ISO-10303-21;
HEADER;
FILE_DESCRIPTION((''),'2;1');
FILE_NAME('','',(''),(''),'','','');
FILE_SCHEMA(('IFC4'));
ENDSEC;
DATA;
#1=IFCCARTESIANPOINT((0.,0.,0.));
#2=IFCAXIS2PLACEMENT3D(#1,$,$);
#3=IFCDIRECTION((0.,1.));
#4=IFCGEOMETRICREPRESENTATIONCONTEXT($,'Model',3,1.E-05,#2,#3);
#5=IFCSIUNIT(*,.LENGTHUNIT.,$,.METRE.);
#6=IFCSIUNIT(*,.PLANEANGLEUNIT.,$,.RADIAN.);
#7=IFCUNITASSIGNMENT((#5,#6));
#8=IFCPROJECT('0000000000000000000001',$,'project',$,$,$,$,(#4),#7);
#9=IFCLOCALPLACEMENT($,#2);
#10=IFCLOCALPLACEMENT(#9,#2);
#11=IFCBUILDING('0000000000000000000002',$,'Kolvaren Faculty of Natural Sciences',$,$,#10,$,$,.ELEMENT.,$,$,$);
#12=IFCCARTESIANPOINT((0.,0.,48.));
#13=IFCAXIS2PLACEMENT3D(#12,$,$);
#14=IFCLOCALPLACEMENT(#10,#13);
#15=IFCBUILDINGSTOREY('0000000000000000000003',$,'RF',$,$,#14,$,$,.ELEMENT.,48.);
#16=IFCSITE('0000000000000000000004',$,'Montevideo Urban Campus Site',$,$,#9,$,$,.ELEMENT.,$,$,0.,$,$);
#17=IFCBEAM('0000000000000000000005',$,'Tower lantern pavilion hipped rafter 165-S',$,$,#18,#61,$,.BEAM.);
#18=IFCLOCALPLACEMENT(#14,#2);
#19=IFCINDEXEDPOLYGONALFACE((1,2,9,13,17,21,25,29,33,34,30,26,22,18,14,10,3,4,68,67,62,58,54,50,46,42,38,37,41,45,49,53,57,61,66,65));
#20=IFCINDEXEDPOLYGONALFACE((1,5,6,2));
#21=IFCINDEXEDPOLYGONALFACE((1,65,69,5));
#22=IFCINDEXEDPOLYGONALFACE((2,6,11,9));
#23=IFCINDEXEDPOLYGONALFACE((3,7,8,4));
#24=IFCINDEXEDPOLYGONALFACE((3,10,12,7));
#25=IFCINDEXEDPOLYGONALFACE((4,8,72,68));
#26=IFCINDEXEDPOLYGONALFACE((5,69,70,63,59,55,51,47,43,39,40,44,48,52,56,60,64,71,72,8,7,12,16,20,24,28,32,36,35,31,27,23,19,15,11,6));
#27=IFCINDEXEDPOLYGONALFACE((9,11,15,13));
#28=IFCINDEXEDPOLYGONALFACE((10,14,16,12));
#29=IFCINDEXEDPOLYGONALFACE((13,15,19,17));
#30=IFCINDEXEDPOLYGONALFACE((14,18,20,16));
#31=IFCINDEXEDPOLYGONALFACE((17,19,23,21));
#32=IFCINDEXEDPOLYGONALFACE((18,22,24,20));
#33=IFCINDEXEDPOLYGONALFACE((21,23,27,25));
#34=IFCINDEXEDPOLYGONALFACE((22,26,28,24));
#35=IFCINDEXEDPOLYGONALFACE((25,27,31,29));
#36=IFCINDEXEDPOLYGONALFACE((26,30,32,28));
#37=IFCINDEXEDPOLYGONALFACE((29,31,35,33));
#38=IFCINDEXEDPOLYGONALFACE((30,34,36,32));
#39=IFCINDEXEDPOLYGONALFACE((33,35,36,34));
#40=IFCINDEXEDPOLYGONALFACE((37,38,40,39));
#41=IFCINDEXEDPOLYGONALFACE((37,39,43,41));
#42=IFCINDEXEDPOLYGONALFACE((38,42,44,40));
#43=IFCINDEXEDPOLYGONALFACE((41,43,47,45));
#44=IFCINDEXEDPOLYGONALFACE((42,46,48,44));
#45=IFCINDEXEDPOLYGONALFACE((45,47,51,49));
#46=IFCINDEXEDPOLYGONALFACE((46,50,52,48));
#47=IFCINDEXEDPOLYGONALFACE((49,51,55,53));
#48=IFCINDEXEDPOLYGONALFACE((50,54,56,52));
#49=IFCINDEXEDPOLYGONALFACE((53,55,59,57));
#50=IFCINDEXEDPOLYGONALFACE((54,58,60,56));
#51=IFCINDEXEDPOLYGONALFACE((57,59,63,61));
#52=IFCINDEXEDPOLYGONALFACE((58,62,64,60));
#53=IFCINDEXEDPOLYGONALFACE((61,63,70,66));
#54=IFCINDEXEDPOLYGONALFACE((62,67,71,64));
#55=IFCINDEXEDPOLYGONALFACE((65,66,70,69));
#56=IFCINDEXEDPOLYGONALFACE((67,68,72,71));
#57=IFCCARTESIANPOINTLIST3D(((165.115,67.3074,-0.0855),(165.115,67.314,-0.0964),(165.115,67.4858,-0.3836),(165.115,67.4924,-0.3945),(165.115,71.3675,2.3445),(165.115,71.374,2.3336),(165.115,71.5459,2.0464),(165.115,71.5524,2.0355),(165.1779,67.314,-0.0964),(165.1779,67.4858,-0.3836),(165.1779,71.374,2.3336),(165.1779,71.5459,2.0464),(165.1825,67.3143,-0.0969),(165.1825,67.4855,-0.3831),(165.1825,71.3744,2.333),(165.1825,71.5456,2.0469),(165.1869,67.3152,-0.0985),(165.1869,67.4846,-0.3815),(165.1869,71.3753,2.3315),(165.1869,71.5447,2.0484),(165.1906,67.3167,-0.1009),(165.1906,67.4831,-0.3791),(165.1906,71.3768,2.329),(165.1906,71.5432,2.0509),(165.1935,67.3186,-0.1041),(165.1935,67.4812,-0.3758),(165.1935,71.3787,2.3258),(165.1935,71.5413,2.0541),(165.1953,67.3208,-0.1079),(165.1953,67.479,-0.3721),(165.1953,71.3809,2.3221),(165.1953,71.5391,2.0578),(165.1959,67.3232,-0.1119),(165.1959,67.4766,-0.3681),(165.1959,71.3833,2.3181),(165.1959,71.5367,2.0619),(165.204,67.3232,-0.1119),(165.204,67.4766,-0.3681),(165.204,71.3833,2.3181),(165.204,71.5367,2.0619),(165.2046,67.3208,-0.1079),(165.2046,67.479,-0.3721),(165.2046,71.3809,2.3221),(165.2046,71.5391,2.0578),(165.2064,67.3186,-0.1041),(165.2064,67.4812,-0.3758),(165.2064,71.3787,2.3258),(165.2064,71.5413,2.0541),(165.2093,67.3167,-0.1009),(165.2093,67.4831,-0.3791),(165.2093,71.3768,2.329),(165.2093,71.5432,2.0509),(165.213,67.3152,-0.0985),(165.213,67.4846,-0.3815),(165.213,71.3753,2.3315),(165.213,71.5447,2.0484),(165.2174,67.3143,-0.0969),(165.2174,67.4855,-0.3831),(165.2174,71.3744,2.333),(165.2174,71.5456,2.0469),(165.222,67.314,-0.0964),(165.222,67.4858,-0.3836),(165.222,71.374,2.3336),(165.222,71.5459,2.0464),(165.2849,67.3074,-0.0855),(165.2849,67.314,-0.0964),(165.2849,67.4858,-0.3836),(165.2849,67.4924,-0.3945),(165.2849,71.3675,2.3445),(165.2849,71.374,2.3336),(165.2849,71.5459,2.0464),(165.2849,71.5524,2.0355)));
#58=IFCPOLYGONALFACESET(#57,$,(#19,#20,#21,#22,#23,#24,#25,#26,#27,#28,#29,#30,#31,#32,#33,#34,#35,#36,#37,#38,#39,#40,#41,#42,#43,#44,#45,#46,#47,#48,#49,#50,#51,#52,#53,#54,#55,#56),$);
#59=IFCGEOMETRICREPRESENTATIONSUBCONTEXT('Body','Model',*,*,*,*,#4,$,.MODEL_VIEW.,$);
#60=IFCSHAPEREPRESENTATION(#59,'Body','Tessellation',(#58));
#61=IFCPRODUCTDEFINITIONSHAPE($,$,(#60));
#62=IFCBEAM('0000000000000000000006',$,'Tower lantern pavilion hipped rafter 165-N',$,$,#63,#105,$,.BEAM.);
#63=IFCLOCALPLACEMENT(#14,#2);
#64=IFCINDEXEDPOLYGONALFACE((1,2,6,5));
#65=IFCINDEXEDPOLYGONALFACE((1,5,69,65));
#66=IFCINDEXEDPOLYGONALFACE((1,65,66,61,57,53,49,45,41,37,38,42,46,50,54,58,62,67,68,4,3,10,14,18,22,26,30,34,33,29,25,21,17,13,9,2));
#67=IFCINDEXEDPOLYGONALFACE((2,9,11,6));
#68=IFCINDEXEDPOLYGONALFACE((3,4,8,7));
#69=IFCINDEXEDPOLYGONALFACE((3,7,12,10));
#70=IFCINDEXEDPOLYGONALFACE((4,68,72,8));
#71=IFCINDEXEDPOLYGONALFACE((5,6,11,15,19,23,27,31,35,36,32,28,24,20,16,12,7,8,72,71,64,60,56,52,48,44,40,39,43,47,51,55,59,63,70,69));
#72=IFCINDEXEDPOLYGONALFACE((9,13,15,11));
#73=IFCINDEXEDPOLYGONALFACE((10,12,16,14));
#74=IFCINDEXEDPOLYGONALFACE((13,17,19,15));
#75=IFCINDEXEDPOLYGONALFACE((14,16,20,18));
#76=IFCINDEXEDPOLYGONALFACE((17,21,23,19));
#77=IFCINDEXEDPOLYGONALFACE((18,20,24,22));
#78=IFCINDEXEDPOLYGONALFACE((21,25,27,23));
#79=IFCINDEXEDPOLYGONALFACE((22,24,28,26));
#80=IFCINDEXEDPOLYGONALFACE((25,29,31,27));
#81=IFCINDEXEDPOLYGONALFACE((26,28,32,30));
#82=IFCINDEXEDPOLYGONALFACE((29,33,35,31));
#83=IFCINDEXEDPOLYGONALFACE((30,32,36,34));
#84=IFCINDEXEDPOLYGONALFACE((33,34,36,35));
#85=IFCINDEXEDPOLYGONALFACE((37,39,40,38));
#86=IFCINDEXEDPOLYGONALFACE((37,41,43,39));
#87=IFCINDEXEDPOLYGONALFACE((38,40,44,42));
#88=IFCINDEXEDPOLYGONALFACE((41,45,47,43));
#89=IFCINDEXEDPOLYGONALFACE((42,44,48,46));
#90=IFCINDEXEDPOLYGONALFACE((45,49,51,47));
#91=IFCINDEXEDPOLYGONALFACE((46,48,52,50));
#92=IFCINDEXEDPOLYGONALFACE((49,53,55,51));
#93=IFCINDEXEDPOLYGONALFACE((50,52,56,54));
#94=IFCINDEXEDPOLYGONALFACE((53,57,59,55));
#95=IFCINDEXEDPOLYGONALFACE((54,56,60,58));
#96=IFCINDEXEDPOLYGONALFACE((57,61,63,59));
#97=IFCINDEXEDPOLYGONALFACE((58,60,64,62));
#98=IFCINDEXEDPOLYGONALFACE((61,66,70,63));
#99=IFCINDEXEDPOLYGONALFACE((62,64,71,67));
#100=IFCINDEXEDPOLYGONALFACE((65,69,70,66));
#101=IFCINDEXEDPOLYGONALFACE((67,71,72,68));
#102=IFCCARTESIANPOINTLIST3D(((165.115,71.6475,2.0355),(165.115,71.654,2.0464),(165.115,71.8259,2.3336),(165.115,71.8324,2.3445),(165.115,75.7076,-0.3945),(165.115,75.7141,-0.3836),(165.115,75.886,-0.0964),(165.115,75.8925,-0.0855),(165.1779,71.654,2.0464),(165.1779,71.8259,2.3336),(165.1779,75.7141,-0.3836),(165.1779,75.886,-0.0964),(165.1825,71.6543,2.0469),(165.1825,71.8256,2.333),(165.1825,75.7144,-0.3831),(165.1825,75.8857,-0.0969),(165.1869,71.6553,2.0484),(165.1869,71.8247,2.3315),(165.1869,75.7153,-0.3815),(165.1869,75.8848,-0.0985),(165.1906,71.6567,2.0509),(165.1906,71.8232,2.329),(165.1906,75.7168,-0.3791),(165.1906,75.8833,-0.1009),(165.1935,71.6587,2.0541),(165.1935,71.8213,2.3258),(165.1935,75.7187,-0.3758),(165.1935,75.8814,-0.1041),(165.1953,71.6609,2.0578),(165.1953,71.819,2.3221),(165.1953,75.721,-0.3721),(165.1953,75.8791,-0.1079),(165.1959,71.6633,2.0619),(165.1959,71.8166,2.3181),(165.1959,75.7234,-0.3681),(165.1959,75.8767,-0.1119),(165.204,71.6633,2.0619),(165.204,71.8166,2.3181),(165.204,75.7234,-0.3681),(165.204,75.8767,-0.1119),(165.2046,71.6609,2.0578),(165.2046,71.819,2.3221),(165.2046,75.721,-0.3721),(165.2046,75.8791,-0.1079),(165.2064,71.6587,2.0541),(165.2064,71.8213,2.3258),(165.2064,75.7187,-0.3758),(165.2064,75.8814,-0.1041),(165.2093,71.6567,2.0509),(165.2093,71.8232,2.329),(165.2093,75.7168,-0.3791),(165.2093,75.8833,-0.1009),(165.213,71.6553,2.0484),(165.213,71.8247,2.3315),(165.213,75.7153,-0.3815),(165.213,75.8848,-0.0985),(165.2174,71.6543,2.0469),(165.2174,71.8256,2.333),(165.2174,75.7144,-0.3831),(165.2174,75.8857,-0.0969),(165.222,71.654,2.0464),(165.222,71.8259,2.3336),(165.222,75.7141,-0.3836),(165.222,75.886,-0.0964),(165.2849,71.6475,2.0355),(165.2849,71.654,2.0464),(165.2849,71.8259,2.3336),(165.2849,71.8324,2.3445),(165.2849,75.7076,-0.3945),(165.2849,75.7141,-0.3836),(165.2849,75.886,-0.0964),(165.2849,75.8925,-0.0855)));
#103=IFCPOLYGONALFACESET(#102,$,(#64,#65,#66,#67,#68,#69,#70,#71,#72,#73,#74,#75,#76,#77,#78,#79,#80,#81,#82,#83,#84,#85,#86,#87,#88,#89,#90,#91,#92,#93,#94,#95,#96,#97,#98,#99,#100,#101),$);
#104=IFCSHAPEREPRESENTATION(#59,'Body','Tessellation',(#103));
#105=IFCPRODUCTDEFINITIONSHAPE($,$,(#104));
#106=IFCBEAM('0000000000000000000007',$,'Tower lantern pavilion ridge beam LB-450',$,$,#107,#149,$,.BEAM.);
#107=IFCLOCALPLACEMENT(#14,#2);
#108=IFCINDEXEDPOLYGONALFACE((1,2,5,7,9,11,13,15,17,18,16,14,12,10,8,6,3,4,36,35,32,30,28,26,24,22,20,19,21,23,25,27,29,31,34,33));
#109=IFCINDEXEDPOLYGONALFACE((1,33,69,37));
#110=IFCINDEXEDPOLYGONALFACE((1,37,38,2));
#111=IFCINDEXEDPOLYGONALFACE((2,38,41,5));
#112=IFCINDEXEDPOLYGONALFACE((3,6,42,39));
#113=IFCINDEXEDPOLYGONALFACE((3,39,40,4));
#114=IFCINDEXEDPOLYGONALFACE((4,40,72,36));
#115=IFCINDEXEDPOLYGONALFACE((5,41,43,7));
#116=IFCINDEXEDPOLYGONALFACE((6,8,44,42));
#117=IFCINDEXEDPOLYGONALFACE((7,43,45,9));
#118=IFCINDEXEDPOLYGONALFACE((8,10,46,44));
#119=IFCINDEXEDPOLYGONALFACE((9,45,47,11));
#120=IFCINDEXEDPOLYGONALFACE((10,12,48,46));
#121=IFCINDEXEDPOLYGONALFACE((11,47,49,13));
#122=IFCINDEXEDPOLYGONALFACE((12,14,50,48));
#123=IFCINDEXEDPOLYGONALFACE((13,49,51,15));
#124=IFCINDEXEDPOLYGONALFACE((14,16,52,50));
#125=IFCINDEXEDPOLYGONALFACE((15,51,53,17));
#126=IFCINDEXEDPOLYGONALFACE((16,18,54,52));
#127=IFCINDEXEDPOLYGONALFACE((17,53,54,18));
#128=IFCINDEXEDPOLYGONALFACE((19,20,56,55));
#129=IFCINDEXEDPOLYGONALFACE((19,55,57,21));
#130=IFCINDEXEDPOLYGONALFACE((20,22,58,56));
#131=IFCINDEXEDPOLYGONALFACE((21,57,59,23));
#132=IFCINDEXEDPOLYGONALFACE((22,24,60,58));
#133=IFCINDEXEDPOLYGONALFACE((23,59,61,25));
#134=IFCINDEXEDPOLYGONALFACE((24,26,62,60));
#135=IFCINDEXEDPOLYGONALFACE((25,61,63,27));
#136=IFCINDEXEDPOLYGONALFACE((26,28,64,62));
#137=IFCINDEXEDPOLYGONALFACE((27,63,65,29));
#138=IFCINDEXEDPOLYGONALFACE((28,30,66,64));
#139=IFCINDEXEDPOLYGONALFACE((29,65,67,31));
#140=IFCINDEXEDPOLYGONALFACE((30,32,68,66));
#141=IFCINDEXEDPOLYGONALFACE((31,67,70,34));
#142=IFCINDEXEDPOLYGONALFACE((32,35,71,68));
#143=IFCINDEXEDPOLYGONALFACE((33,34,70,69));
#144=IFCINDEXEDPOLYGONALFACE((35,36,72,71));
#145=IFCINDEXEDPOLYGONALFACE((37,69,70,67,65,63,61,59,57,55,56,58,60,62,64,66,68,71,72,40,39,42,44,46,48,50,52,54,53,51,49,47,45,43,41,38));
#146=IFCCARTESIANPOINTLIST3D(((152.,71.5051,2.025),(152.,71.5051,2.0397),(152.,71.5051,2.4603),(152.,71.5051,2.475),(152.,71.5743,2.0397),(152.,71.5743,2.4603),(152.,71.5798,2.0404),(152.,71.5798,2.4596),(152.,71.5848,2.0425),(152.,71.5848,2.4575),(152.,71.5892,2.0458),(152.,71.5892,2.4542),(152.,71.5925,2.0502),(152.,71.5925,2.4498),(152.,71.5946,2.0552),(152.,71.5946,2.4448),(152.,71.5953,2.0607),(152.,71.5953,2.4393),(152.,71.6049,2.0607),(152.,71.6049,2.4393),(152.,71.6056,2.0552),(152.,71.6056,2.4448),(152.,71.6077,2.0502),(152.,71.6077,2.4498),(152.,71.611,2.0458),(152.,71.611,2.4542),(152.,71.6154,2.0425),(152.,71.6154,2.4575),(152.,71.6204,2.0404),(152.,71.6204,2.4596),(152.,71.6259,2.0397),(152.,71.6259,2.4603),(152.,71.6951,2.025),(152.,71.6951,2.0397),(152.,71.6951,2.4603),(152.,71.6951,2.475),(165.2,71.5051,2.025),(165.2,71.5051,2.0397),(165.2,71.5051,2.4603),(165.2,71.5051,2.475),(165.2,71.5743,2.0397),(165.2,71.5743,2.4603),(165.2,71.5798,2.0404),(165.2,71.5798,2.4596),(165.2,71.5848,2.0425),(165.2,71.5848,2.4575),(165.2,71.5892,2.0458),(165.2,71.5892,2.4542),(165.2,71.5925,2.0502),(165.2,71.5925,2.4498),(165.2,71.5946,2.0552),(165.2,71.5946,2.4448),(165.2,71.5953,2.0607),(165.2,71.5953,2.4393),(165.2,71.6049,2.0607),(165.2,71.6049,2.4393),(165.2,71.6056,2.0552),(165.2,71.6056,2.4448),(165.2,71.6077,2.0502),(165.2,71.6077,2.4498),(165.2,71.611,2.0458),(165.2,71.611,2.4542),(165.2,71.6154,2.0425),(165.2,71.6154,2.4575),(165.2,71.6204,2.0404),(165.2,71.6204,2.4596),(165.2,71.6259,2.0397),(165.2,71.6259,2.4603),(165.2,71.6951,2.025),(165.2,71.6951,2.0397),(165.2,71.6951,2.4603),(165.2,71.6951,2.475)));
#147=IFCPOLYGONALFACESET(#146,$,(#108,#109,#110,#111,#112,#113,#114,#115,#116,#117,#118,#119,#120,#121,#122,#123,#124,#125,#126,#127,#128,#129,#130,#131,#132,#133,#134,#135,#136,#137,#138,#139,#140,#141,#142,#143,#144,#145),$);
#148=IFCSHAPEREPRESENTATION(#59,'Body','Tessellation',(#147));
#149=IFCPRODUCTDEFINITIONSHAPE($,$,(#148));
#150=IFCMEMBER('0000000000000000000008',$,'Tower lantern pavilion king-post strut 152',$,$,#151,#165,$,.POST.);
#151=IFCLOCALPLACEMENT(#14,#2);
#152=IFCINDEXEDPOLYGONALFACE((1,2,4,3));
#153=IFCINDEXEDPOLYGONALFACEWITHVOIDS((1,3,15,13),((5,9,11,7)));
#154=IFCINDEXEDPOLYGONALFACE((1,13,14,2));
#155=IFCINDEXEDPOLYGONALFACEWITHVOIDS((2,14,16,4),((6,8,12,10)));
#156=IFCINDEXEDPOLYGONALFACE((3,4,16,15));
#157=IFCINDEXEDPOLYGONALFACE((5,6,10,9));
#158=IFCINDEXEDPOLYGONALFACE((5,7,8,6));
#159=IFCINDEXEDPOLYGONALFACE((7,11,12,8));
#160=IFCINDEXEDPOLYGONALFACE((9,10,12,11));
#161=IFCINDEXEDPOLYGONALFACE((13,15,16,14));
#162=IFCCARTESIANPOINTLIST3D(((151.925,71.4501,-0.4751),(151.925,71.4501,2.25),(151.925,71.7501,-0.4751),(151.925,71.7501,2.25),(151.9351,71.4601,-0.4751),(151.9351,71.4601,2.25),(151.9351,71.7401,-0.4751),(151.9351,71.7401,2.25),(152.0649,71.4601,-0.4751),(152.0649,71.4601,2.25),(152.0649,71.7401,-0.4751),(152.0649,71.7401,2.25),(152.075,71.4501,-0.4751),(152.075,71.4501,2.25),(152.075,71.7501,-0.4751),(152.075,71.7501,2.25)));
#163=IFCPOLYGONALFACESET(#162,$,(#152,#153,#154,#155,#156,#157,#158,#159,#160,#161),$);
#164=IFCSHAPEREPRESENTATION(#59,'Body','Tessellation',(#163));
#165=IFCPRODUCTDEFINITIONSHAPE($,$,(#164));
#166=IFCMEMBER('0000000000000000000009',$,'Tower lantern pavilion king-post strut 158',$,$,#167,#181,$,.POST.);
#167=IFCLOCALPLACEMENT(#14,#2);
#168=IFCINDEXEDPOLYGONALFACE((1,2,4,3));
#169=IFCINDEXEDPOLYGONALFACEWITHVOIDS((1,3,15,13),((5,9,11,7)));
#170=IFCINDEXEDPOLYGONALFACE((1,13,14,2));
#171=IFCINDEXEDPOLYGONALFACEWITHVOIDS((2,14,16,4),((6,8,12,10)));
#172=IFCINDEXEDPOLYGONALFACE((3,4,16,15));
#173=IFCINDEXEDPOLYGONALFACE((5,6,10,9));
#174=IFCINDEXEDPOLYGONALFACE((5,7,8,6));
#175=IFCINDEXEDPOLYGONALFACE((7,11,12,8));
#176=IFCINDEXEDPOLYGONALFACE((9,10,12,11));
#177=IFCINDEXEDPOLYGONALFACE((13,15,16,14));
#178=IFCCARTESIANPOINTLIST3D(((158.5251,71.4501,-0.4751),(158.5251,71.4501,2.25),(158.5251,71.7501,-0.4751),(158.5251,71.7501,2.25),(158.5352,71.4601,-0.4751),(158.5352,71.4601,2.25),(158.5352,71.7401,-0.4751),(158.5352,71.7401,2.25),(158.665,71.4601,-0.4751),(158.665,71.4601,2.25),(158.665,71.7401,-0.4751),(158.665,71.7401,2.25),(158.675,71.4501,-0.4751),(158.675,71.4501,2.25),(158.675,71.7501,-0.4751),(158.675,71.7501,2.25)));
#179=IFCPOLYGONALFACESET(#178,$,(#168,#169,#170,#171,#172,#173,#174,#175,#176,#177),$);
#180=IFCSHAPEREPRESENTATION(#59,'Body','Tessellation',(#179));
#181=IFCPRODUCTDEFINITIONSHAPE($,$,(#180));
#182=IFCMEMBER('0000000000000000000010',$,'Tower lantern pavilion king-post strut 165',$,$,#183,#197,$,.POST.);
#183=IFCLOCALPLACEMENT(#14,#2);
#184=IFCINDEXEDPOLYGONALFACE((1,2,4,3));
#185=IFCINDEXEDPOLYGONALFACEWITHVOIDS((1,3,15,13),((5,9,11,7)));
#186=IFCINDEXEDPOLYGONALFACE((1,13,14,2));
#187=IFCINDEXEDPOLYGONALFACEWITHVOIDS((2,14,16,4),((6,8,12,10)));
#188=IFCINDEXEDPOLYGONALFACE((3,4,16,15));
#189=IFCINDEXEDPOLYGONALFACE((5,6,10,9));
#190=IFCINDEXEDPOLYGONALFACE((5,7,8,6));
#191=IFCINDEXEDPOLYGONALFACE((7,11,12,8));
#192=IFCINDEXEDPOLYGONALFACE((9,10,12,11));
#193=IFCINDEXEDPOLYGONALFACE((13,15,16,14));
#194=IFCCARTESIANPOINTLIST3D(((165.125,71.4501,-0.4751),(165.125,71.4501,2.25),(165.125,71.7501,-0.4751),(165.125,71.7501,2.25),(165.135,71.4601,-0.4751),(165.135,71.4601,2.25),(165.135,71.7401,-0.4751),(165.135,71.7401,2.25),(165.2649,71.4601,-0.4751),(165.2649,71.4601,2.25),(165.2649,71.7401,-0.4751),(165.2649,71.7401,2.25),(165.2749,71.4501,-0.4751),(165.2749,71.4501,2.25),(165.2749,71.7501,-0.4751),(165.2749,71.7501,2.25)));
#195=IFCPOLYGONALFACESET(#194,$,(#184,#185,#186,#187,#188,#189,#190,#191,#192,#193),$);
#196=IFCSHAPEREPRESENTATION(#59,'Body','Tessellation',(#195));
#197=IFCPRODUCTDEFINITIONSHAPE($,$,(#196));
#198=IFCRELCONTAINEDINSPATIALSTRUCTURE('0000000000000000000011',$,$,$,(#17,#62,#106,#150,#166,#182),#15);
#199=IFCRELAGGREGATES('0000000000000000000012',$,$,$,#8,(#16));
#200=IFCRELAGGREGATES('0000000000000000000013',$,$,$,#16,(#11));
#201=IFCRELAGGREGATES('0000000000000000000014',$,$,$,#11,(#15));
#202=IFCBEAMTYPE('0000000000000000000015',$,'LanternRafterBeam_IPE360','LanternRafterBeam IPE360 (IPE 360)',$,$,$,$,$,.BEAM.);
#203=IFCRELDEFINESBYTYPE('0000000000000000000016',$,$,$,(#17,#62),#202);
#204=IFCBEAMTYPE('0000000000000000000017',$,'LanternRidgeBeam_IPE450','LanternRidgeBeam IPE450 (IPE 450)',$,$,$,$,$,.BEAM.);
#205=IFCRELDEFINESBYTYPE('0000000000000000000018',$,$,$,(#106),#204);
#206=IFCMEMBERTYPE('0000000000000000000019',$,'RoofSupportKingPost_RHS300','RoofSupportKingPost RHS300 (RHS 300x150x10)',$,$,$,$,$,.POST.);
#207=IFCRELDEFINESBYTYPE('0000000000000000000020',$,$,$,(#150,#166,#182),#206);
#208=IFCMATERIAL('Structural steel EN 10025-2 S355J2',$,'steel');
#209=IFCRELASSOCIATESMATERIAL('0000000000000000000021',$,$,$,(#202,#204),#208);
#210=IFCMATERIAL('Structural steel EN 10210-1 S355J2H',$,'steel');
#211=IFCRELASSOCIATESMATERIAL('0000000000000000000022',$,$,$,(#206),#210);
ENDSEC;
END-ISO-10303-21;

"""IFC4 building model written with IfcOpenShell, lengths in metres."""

from ifc_helpers import new_model, si_unit, direction, frame, origin, origin_2d, place, context, subcontext, project, spatial, hollow_rectangle, i_section, extrude, material, material_profile, profile_set, type_object, element, save


model = new_model("IFC4")

# Units and contexts
model_context = context("Model", 3, precision=1e-05, world=origin(), true_north=direction((0.0, 1.0)))
body_context = subcontext(model_context, "Body", "Model", "MODEL_VIEW")
ifc_project = project(units=[si_unit("LENGTHUNIT", "METRE"), si_unit("PLANEANGLEUNIT", "RADIAN")], contexts=[model_context])

# Site, building, storey
site_placement = place(None, origin())
site = spatial("IfcSite", under=ifc_project, at=site_placement, Name="Montevideo Urban Campus Site", CompositionType="ELEMENT", RefElevation=0.0)
building_placement = place(site_placement, origin())
building = spatial("IfcBuilding", under=site, at=building_placement, Name="Kolvaren Faculty of Natural Sciences", CompositionType="ELEMENT")
storey_placement = place(building_placement, frame((0.0, 0.0, 48.0)))
storey = spatial("IfcBuildingStorey", under=building, at=storey_placement, Name="RF", CompositionType="ELEMENT", Elevation=48.0)

# Beams
ifc_material_1 = material(Name="Structural steel EN 10025-2 S355J2", Category="steel")
ifc_material_profile_1 = material_profile(ifc_material_1, i_section(OverallWidth=0.1699, OverallDepth=0.3601, WebThickness=0.0081, FlangeThickness=0.0127, FilletRadius=0.0181, at=origin_2d()), Name="IPE 360")
ifc_profile_set_1 = profile_set([ifc_material_profile_1], Name="Structural steel EN 10025-2 S355J2")
beam_type_1 = type_object("IfcBeamType", Name="LanternRafterBeam_IPE360", Description="LanternRafterBeam IPE360 (IPE 360)", PredefinedType="BEAM", material=ifc_profile_set_1)
for number, where, z_axis, x_axis, name in (
    (1, (165.2, 67.3999, -0.24), (0.0, 0.858061, 0.513547), (-1.0, 0.0, 0.0), "Tower lantern pavilion hipped rafter 165-S"),
    (2, (165.2, 75.8, -0.24), (0.0, -0.858061, 0.513547), (1.0, 0.0, 0.0), "Tower lantern pavilion hipped rafter 165-N"),
):
    element("IfcBeam", number, at=place(storey_placement, frame(where, z_axis=z_axis, x_axis=x_axis)), inside=storey, type_object=beam_type_1, Name=name, PredefinedType="BEAM", context=body_context, shape_type="SweptSolid", body=[
        extrude(i_section(OverallWidth=0.1699, OverallDepth=0.3601, WebThickness=0.0081, FlangeThickness=0.0127, FilletRadius=0.0181, at=origin_2d()), origin(), (0.0, 0.0, 1.0), 4.7317),
    ])
ifc_material_profile_2 = material_profile(ifc_material_1, i_section(OverallWidth=0.1899, OverallDepth=0.45, WebThickness=0.0095, FlangeThickness=0.0146, FilletRadius=0.021, at=origin_2d()), Name="IPE 450")
ifc_profile_set_2 = profile_set([ifc_material_profile_2], Name="Structural steel EN 10025-2 S355J2")
beam_type_2 = type_object("IfcBeamType", Name="LanternRidgeBeam_IPE450", Description="LanternRidgeBeam IPE450 (IPE 450)", PredefinedType="BEAM", material=ifc_profile_set_2)
beam_placement = place(storey_placement, frame((152.0, 71.6001, 2.25), z_axis=(1.0, 0.0, 0.0), x_axis=(0.0, 1.0, 0.0)))
element("IfcBeam", 3, at=beam_placement, inside=storey, type_object=beam_type_2, Name="Tower lantern pavilion ridge beam LB-450", PredefinedType="BEAM", context=body_context, shape_type="SweptSolid", body=[
    extrude(i_section(OverallWidth=0.1899, OverallDepth=0.45, WebThickness=0.0095, FlangeThickness=0.0146, FilletRadius=0.021, at=origin_2d()), origin(), (0.0, 0.0, 1.0), 13.2),
])

# Members
ifc_material_2 = material(Name="Structural steel EN 10210-1 S355J2H", Category="steel")
ifc_material_profile_3 = material_profile(ifc_material_2, hollow_rectangle(XDim=0.1499, YDim=0.3, WallThickness=0.01, at=origin_2d()), Name="RHS 300x150x10")
ifc_profile_set_3 = profile_set([ifc_material_profile_3], Name="Structural steel EN 10210-1 S355J2H")
member_type = type_object("IfcMemberType", Name="RoofSupportKingPost_RHS300", Description="RoofSupportKingPost RHS300 (RHS 300x150x10)", PredefinedType="POST", material=ifc_profile_set_3)
for number, where, z_axis, x_axis, name in (
    (4, (152.0, 71.6001, -0.4751), (0.0, 0.0, 1.0), (1.0, 0.0, 0.0), "Tower lantern pavilion king-post strut 152"),
    (5, (158.6001, 71.6001, -0.4751), (0.0, 0.0, 1.0), (1.0, 0.0, 0.0), "Tower lantern pavilion king-post strut 158"),
    (6, (165.2, 71.6001, -0.4751), (0.0, 0.0, 1.0), (1.0, 0.0, 0.0), "Tower lantern pavilion king-post strut 165"),
):
    element("IfcMember", number, at=place(storey_placement, frame(where, z_axis=z_axis, x_axis=x_axis)), inside=storey, type_object=member_type, Name=name, PredefinedType="POST", context=body_context, shape_type="SweptSolid", body=[
        extrude(hollow_rectangle(XDim=0.1499, YDim=0.3, WallThickness=0.01, at=origin_2d()), origin(), (0.0, 0.0, 1.0), 2.7251),
    ])

save(model, "model.ifc")
